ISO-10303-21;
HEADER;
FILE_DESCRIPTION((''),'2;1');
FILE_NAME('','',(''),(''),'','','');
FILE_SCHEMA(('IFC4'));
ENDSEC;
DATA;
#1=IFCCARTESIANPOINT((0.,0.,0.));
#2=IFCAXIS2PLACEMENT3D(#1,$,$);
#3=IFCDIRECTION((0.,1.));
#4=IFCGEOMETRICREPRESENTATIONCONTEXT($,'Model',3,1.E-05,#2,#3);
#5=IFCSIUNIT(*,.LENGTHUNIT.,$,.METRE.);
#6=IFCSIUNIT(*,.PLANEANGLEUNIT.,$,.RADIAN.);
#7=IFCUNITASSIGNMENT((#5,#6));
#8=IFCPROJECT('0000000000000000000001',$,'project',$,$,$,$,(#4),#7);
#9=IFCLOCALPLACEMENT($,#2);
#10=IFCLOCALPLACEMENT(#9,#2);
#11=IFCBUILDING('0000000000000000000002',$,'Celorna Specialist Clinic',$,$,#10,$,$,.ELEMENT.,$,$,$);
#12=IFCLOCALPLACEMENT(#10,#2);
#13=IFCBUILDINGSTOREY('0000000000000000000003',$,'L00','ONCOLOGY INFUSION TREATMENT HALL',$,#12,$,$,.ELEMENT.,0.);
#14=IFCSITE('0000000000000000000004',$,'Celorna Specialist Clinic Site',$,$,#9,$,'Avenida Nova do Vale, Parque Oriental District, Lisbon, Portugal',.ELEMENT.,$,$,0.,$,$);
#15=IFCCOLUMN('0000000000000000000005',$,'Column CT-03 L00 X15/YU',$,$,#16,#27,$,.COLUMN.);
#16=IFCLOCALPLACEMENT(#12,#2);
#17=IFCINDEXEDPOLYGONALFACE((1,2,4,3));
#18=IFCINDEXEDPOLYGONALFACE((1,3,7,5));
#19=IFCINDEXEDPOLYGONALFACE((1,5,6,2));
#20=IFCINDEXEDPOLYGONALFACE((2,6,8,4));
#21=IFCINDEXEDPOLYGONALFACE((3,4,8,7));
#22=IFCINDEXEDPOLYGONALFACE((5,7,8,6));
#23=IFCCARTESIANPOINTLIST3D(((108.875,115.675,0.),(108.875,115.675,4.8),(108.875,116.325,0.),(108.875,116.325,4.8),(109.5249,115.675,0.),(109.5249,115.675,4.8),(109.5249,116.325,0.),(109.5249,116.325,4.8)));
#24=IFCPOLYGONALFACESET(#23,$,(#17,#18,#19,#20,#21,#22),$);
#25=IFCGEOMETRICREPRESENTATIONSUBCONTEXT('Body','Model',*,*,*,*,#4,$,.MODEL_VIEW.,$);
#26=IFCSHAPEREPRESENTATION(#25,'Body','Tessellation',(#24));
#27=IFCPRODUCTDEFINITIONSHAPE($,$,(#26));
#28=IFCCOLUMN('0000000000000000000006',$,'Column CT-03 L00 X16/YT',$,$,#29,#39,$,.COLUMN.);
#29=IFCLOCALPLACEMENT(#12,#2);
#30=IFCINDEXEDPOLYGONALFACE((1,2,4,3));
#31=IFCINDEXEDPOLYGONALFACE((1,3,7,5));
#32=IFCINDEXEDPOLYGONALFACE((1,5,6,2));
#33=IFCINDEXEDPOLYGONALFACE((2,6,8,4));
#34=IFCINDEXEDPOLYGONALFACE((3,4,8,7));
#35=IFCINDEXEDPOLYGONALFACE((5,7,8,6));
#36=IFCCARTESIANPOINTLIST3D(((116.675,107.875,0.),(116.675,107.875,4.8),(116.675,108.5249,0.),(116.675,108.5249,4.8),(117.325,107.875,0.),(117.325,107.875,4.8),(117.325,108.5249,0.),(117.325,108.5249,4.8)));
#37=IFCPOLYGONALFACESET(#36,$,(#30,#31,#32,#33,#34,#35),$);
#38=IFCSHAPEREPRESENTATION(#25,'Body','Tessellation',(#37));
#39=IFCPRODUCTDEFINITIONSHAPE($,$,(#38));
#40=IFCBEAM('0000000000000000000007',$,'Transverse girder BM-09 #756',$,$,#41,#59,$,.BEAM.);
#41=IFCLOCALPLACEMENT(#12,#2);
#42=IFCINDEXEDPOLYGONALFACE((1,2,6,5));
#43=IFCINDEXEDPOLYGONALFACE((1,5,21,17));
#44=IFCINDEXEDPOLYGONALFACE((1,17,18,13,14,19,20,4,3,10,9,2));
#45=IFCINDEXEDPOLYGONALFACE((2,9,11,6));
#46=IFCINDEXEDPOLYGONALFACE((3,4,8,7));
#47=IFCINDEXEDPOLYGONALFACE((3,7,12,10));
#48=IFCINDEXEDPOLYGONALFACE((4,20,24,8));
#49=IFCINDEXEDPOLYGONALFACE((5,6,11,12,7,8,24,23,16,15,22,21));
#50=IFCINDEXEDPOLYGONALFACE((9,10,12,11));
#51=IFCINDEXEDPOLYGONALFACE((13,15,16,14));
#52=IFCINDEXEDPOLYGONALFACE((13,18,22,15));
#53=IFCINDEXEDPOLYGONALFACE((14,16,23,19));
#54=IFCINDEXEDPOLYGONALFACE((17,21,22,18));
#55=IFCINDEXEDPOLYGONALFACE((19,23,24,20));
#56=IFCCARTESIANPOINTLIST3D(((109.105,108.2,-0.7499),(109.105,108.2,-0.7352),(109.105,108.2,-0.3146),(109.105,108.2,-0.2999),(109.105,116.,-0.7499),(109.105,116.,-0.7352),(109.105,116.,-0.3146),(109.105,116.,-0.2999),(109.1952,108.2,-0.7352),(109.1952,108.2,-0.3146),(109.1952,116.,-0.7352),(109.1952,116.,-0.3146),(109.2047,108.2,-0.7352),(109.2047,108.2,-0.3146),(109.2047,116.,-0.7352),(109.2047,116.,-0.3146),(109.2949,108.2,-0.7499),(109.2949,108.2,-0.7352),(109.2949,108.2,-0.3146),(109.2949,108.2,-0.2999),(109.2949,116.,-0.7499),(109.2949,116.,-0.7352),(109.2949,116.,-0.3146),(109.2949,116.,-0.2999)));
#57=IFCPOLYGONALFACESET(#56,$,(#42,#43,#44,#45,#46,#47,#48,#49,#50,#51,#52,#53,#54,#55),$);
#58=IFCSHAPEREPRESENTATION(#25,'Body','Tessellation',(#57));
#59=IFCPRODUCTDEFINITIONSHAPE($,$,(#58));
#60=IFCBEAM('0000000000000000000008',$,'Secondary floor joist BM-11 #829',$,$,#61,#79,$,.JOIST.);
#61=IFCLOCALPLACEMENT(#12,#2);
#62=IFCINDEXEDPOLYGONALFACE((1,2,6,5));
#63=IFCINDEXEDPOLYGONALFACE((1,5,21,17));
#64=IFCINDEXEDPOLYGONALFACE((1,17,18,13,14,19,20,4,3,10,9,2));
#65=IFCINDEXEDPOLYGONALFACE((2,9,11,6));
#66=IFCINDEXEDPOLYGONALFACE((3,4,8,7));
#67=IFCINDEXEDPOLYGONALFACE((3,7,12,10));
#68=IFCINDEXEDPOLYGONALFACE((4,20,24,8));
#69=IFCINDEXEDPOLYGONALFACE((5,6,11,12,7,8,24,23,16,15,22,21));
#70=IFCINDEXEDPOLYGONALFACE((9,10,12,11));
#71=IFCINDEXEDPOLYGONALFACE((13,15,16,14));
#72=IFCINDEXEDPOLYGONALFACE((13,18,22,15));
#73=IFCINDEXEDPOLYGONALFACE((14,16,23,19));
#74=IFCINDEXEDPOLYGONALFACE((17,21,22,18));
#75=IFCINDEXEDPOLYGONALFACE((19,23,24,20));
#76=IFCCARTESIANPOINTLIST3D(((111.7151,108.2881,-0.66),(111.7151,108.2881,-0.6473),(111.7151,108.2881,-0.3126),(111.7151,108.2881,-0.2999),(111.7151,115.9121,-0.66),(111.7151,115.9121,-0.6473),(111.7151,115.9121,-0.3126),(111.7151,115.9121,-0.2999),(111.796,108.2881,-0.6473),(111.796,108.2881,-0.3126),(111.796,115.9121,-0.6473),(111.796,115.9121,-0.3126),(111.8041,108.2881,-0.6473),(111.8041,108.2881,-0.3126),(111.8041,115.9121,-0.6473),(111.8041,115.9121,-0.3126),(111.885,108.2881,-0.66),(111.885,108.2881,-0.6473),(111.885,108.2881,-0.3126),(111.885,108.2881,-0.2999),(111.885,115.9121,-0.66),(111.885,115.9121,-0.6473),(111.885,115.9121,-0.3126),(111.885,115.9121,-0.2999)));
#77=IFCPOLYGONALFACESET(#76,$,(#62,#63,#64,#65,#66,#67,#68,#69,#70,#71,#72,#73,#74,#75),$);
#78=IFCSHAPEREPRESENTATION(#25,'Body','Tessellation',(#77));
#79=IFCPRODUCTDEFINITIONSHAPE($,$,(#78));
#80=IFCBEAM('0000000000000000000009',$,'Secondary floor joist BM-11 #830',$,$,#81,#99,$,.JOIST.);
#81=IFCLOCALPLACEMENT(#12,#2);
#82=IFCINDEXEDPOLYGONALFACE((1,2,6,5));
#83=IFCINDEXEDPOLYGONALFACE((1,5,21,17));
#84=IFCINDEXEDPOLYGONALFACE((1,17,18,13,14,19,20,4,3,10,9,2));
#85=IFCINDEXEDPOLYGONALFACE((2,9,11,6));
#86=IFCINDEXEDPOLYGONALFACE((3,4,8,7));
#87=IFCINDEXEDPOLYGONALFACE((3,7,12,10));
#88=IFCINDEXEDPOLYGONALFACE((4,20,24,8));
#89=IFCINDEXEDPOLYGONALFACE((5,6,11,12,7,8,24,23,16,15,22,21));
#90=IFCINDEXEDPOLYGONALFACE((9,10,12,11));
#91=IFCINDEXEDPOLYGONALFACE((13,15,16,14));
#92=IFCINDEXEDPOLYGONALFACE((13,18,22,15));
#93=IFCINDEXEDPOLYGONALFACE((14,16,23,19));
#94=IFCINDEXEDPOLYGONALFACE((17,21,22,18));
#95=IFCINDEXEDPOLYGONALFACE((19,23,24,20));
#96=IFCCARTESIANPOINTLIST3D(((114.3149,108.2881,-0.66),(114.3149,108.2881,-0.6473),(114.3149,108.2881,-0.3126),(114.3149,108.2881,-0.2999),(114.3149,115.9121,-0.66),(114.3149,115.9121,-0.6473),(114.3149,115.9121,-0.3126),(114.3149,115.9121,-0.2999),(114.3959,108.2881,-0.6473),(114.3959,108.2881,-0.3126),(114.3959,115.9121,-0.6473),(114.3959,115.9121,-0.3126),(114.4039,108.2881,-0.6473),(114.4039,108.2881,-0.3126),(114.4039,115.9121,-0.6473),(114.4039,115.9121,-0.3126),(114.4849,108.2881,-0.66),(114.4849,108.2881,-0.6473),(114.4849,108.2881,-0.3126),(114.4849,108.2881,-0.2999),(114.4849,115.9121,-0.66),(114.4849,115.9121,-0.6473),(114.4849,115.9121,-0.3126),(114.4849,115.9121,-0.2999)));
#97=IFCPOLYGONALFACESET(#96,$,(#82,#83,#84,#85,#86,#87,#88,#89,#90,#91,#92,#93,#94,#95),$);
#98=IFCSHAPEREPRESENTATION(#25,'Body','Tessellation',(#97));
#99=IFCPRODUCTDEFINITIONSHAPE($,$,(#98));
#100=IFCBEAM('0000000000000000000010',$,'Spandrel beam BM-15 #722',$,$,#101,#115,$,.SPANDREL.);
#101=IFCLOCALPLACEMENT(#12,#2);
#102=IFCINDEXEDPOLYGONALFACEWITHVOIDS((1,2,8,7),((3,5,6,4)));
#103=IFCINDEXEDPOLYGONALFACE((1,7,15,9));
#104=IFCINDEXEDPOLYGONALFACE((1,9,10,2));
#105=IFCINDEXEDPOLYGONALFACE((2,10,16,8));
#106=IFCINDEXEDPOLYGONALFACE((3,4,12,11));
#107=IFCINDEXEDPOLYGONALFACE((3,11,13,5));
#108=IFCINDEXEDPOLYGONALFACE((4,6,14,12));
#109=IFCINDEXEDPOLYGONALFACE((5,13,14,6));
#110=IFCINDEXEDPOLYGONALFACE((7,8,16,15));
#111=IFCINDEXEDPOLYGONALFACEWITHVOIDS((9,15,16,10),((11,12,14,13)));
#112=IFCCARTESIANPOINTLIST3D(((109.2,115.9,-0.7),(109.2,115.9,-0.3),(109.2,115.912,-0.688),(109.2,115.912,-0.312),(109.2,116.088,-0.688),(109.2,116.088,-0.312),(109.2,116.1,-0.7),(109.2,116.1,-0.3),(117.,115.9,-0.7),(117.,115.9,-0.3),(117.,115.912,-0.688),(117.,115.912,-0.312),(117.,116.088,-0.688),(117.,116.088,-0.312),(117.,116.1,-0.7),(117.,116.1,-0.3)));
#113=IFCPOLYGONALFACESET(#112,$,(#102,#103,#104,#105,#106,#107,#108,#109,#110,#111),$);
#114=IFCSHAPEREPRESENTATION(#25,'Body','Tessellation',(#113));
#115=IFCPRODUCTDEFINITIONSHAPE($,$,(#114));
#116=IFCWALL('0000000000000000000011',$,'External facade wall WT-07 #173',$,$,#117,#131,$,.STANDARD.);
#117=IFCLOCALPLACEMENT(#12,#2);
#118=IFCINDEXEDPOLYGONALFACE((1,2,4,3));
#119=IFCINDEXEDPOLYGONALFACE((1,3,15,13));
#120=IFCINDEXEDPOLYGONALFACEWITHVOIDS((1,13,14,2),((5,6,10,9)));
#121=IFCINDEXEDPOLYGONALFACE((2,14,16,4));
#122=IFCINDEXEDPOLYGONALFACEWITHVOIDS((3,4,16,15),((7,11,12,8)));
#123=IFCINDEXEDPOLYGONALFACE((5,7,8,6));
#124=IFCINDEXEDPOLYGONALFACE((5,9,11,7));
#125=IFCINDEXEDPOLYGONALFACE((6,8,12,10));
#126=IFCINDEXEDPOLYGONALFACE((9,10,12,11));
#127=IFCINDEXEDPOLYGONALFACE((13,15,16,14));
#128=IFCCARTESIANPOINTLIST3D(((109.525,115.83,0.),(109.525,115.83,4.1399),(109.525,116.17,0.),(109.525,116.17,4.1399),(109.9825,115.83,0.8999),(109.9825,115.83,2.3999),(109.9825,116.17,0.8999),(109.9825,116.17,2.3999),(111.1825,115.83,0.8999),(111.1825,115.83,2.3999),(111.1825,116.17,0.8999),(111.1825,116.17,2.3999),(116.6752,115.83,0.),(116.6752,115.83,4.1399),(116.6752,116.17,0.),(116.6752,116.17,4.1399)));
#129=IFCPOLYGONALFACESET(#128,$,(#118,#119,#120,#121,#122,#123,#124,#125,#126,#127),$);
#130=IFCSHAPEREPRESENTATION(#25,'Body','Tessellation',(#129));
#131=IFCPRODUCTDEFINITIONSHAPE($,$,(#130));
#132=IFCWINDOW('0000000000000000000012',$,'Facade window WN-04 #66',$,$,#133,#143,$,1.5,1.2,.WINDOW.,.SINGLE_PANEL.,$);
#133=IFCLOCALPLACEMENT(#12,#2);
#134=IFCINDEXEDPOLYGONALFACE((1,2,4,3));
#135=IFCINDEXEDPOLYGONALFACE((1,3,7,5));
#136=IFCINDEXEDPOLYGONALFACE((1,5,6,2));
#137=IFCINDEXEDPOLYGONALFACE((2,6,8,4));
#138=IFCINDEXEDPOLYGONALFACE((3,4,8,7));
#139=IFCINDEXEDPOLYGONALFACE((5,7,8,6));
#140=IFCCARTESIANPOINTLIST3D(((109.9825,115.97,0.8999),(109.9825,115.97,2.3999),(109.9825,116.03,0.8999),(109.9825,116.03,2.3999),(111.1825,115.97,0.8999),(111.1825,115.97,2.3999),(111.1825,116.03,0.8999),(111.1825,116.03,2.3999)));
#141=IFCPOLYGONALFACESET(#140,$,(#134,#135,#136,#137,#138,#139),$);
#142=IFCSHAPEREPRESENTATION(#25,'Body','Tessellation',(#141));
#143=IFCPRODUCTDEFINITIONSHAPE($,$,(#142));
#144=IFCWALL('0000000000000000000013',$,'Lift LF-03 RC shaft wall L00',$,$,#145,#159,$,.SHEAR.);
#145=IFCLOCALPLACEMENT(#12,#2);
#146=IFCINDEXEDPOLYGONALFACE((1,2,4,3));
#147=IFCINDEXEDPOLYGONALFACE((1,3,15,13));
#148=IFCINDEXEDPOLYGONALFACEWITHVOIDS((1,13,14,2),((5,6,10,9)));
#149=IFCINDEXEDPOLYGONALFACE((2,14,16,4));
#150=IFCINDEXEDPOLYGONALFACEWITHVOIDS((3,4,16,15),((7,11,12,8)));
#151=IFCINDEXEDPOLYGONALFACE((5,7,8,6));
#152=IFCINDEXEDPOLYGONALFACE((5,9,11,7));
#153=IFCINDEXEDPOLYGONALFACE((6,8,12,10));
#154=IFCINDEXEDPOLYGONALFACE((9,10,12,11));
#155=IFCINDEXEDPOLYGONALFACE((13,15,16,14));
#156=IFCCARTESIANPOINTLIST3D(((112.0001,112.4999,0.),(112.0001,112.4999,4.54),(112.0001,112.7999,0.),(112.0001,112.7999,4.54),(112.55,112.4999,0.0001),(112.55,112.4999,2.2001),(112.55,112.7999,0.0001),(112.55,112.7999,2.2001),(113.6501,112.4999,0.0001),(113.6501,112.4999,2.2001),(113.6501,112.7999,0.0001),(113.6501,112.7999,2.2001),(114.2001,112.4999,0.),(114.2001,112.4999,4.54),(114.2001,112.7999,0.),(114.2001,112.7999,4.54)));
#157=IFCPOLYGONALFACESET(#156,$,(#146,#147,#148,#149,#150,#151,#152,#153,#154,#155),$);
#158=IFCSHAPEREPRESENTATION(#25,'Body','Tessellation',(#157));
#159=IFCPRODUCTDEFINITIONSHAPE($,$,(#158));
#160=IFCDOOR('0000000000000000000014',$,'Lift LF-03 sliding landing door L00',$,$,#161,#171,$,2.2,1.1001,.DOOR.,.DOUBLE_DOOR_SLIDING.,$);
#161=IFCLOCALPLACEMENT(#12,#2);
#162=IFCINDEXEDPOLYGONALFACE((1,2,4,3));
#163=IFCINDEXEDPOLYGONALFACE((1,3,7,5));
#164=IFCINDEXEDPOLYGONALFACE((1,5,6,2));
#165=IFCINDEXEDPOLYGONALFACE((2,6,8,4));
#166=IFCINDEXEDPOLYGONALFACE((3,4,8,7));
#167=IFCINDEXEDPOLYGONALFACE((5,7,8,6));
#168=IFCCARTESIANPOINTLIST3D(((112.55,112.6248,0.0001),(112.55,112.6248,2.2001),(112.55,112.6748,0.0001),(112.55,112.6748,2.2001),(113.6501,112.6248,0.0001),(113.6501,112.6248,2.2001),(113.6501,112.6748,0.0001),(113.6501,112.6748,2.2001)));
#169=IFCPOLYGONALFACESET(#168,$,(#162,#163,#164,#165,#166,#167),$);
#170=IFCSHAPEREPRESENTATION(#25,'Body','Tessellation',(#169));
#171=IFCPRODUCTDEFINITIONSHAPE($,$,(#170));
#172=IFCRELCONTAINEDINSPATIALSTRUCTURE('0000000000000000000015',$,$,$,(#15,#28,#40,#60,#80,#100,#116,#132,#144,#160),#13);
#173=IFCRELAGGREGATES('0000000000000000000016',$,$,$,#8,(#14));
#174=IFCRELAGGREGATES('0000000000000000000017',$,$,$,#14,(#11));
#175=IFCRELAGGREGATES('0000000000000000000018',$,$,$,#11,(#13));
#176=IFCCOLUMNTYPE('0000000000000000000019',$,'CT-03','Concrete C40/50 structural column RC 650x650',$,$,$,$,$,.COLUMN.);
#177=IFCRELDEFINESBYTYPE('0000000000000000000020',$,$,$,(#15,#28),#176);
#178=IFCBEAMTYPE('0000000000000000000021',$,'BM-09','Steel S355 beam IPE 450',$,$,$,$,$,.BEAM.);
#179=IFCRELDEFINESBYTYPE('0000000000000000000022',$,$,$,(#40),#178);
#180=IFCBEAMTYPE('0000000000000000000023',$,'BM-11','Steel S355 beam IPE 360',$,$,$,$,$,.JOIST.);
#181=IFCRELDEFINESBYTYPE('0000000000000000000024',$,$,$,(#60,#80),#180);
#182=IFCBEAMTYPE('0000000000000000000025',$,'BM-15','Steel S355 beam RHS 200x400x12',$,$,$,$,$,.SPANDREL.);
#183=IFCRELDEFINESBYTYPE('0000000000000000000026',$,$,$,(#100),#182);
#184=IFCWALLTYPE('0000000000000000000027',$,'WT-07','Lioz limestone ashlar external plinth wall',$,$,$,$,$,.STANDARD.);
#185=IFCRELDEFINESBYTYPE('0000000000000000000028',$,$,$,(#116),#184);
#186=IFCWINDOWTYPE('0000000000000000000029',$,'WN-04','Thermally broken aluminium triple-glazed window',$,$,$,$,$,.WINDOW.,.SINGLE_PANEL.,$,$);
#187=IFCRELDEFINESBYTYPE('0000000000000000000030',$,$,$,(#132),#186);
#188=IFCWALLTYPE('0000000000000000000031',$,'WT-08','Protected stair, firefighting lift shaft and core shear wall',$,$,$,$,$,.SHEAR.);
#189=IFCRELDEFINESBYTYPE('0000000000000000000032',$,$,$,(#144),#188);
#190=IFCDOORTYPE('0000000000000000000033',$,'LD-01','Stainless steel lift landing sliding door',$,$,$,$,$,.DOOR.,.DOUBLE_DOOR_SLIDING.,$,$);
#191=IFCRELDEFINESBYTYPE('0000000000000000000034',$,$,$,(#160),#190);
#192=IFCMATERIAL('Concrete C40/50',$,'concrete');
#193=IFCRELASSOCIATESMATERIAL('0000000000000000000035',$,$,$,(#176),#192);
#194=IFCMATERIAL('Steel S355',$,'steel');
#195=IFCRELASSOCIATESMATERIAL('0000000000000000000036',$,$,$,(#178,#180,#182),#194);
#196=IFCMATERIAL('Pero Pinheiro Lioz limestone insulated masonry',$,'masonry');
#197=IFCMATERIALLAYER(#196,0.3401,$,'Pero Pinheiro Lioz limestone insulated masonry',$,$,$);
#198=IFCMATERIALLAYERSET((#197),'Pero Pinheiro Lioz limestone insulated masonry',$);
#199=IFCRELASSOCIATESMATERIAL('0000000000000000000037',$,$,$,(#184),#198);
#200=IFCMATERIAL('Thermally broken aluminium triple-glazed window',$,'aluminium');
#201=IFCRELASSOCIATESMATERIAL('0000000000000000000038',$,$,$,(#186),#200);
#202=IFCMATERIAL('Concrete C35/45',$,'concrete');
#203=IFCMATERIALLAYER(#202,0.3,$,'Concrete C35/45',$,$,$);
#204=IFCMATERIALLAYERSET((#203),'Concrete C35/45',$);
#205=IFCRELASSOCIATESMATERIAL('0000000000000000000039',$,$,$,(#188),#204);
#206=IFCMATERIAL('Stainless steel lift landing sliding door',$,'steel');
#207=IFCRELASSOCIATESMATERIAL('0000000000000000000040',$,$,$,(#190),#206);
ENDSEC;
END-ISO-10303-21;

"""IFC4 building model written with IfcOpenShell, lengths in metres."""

from ifc_helpers import new_model, si_unit, direction, frame, frame_2d, origin, origin_2d, place, context, subcontext, project, spatial, rectangle, hollow_rectangle, i_section, extrude, material, layer, layer_set, material_profile, profile_set, type_object, element, fill, save


model = new_model("IFC4")

# Units and contexts
model_context = context("Model", 3, precision=1e-05, world=origin(), true_north=direction((0.0, 1.0)))
body_context = subcontext(model_context, "Body", "Model", "MODEL_VIEW")
ifc_project = project(units=[si_unit("LENGTHUNIT", "METRE"), si_unit("PLANEANGLEUNIT", "RADIAN")], contexts=[model_context])

# Site, building, storey
site_placement = place(None, origin())
site = spatial("IfcSite", under=ifc_project, at=site_placement, Name="Celorna Specialist Clinic Site", LongName="Avenida Nova do Vale, Parque Oriental District, Lisbon, Portugal", CompositionType="ELEMENT", RefElevation=0.0)
building_placement = place(site_placement, origin())
building = spatial("IfcBuilding", under=site, at=building_placement, Name="Celorna Specialist Clinic", CompositionType="ELEMENT")
storey_placement = place(building_placement, origin())
storey = spatial("IfcBuildingStorey", under=building, at=storey_placement, Name="L00", Description="ONCOLOGY INFUSION TREATMENT HALL", CompositionType="ELEMENT", Elevation=0.0)

# Columns
ifc_material_1 = material(Name="Concrete C40/50", Category="concrete")
ifc_material_profile_1 = material_profile(ifc_material_1, rectangle(XDim=0.6499, YDim=0.6499, at=origin_2d()), Name="RC 650x650")
ifc_profile_set_1 = profile_set([ifc_material_profile_1], Name="Concrete C40/50")
column_type = type_object("IfcColumnType", Name="CT-03", Description="Concrete C40/50 structural column RC 650x650", PredefinedType="COLUMN", material=ifc_profile_set_1)
for number, where, z_axis, x_axis, name in (
    (1, (109.2, 116.0, 0.0), (0.0, 0.0, 1.0), (1.0, 0.0, 0.0), "Column CT-03 L00 X15/YU"),
    (2, (117.0, 108.2, 0.0), (0.0, 0.0, 1.0), (1.0, 0.0, 0.0), "Column CT-03 L00 X16/YT"),
):
    element("IfcColumn", number, at=place(storey_placement, frame(where, z_axis=z_axis, x_axis=x_axis)), inside=storey, type_object=column_type, Name=name, PredefinedType="COLUMN", context=body_context, shape_type="SweptSolid", body=[
        extrude(rectangle(XDim=0.6499, YDim=0.6499, at=origin_2d()), origin(), (0.0, 0.0, 1.0), 4.8),
    ])

# Beams
ifc_material_2 = material(Name="Steel S355", Category="steel")
ifc_material_profile_2 = material_profile(ifc_material_2, i_section(OverallWidth=0.1899, OverallDepth=0.45, WebThickness=0.0095, FlangeThickness=0.0146, at=origin_2d()), Name="IPE 450")
ifc_profile_set_2 = profile_set([ifc_material_profile_2], Name="Steel S355")
beam_type_1 = type_object("IfcBeamType", Name="BM-09", Description="Steel S355 beam IPE 450", PredefinedType="BEAM", material=ifc_profile_set_2)
beam_1_placement = place(storey_placement, frame((109.2, 108.2, -0.5249), z_axis=(0.0, 1.0, 0.0), x_axis=(-1.0, 0.0, 0.0)))
element("IfcBeam", 3, at=beam_1_placement, inside=storey, type_object=beam_type_1, Name="Transverse girder BM-09 #756", PredefinedType="BEAM", context=body_context, shape_type="SweptSolid", body=[
    extrude(i_section(OverallWidth=0.1899, OverallDepth=0.45, WebThickness=0.0095, FlangeThickness=0.0146, at=origin_2d()), origin(), (0.0, 0.0, 1.0), 7.8),
])
ifc_material_profile_3 = material_profile(ifc_material_2, i_section(OverallWidth=0.1699, OverallDepth=0.3601, WebThickness=0.0081, FlangeThickness=0.0127, at=origin_2d()), Name="IPE 360")
ifc_profile_set_3 = profile_set([ifc_material_profile_3], Name="Steel S355")
beam_type_2 = type_object("IfcBeamType", Name="BM-11", Description="Steel S355 beam IPE 360", PredefinedType="JOIST", material=ifc_profile_set_3)
for number, where, z_axis, x_axis, name in (
    (4, (111.8, 108.2881, -0.48), (0.0, 1.0, 0.0), (-1.0, 0.0, 0.0), "Secondary floor joist BM-11 #829"),
    (5, (114.3999, 108.2881, -0.48), (0.0, 1.0, 0.0), (-1.0, 0.0, 0.0), "Secondary floor joist BM-11 #830"),
):
    element("IfcBeam", number, at=place(storey_placement, frame(where, z_axis=z_axis, x_axis=x_axis)), inside=storey, type_object=beam_type_2, Name=name, PredefinedType="JOIST", context=body_context, shape_type="SweptSolid", body=[
        extrude(i_section(OverallWidth=0.1699, OverallDepth=0.3601, WebThickness=0.0081, FlangeThickness=0.0127, at=origin_2d()), origin(), (0.0, 0.0, 1.0), 7.624),
    ])
ifc_material_profile_4 = material_profile(ifc_material_2, hollow_rectangle(XDim=0.2, YDim=0.3999, WallThickness=0.012, at=origin_2d()), Name="RHS 200x400x12")
ifc_profile_set_4 = profile_set([ifc_material_profile_4], Name="Steel S355")
beam_type_3 = type_object("IfcBeamType", Name="BM-15", Description="Steel S355 beam RHS 200x400x12", PredefinedType="SPANDREL", material=ifc_profile_set_4)
beam_2_placement = place(storey_placement, frame((109.2, 116.0, -0.5), z_axis=(1.0, 0.0, 0.0), x_axis=(0.0, 1.0, 0.0)))
element("IfcBeam", 6, at=beam_2_placement, inside=storey, type_object=beam_type_3, Name="Spandrel beam BM-15 #722", PredefinedType="SPANDREL", context=body_context, shape_type="SweptSolid", body=[
    extrude(hollow_rectangle(XDim=0.2, YDim=0.3999, WallThickness=0.012, at=origin_2d()), origin(), (0.0, 0.0, 1.0), 7.8),
])

# Wall, opening, window
ifc_material_3 = material(Name="Pero Pinheiro Lioz limestone insulated masonry", Category="masonry")
ifc_layer_1 = layer(ifc_material_3, 0.3401, Name="Pero Pinheiro Lioz limestone insulated masonry")
ifc_layer_set_1 = layer_set([ifc_layer_1], Name="Pero Pinheiro Lioz limestone insulated masonry")
wall_type_1 = type_object("IfcWallType", Name="WT-07", Description="Lioz limestone ashlar external plinth wall", PredefinedType="STANDARD", material=ifc_layer_set_1)
wall_1_placement = place(storey_placement, frame((109.5249, 116.0, 0.0), z_axis=(0.0, 0.0, 1.0), x_axis=(1.0, 0.0, 0.0)))
wall_1 = element("IfcWall", 7, at=wall_1_placement, inside=storey, type_object=wall_type_1, Name="External facade wall WT-07 #173", PredefinedType="STANDARD", context=body_context, shape_type="SweptSolid", body=[
    extrude(rectangle(XDim=7.1501, YDim=0.3401, at=frame_2d((3.5752, 0.0))), origin(), (0.0, 0.0, 1.0), 4.1399),
])
opening_1_placement = place(wall_1_placement, frame((0.4575, 0.0, 0.8999)))
opening_1 = element("IfcOpeningElement", 8, at=opening_1_placement, cuts=wall_1, PredefinedType="OPENING", context=body_context, shape_type="SweptSolid", body=[
    extrude(rectangle(XDim=1.2, YDim=1.5, at=frame_2d((0.6001, 0.75))), frame((0.0, 0.1799, 0.0), z_axis=(0.0, -1.0, 0.0), x_axis=(1.0, 0.0, 0.0)), (0.0, 0.0, 1.0), 0.3601),
])
ifc_material_4 = material(Name="Thermally broken aluminium triple-glazed window", Category="aluminium")
window_type = type_object("IfcWindowType", Name="WN-04", Description="Thermally broken aluminium triple-glazed window", PartitioningType="SINGLE_PANEL", PredefinedType="WINDOW", material=ifc_material_4)
window_placement = place(opening_1_placement, origin())
window = element("IfcWindow", 9, at=window_placement, inside=storey, type_object=window_type, Name="Facade window WN-04 #66", OverallHeight=1.5, OverallWidth=1.2, PartitioningType="SINGLE_PANEL", PredefinedType="WINDOW", context=body_context, shape_type="SweptSolid", body=[
    extrude(rectangle(XDim=1.2, YDim=1.5, at=frame_2d((0.6001, 0.75))), frame((0.0, 0.03, 0.0), z_axis=(0.0, -1.0, 0.0), x_axis=(1.0, 0.0, 0.0)), (0.0, 0.0, 1.0), 0.0601),
])
fill(opening_1, window)

# Wall, opening, door
ifc_material_5 = material(Name="Concrete C35/45", Category="concrete")
ifc_layer_2 = layer(ifc_material_5, 0.3, Name="Concrete C35/45")
ifc_layer_set_2 = layer_set([ifc_layer_2], Name="Concrete C35/45")
wall_type_2 = type_object("IfcWallType", Name="WT-08", Description="Protected stair, firefighting lift shaft and core shear wall", PredefinedType="SHEAR", material=ifc_layer_set_2)
wall_2_placement = place(storey_placement, frame((112.0, 112.6499, 0.0), z_axis=(0.0, 0.0, 1.0), x_axis=(1.0, 0.0, 0.0)))
wall_2 = element("IfcWall", 10, at=wall_2_placement, inside=storey, type_object=wall_type_2, Name="Lift LF-03 RC shaft wall L00", PredefinedType="SHEAR", context=body_context, shape_type="SweptSolid", body=[
    extrude(rectangle(XDim=2.2, YDim=0.3, at=frame_2d((1.1001, 0.0))), origin(), (0.0, 0.0, 1.0), 4.54),
])
opening_2_placement = place(wall_2_placement, frame((0.55, 0.0, 0.0)))
opening_2 = element("IfcOpeningElement", 11, at=opening_2_placement, cuts=wall_2, PredefinedType="OPENING", context=body_context, shape_type="SweptSolid", body=[
    extrude(rectangle(XDim=1.1001, YDim=2.2, at=frame_2d((0.55, 1.1001))), frame((0.0, 0.1599, 0.0), z_axis=(0.0, -1.0, 0.0), x_axis=(1.0, 0.0, 0.0)), (0.0, 0.0, 1.0), 0.3201),
])
ifc_material_6 = material(Name="Stainless steel lift landing sliding door", Category="steel")
door_type = type_object("IfcDoorType", Name="LD-01", Description="Stainless steel lift landing sliding door", OperationType="DOUBLE_DOOR_SLIDING", PredefinedType="DOOR", material=ifc_material_6)
door_placement = place(opening_2_placement, origin())
door = element("IfcDoor", 12, at=door_placement, inside=storey, type_object=door_type, Name="Lift LF-03 sliding landing door L00", OperationType="DOUBLE_DOOR_SLIDING", OverallHeight=2.2, OverallWidth=1.1001, PredefinedType="DOOR", context=body_context, shape_type="SweptSolid", body=[
    extrude(rectangle(XDim=1.1001, YDim=2.2, at=frame_2d((0.55, 1.1001))), frame((0.0, 0.0249, 0.0), z_axis=(0.0, -1.0, 0.0), x_axis=(1.0, 0.0, 0.0)), (0.0, 0.0, 1.0), 0.05),
])
fill(opening_2, door)

save(model, "model.ifc")
